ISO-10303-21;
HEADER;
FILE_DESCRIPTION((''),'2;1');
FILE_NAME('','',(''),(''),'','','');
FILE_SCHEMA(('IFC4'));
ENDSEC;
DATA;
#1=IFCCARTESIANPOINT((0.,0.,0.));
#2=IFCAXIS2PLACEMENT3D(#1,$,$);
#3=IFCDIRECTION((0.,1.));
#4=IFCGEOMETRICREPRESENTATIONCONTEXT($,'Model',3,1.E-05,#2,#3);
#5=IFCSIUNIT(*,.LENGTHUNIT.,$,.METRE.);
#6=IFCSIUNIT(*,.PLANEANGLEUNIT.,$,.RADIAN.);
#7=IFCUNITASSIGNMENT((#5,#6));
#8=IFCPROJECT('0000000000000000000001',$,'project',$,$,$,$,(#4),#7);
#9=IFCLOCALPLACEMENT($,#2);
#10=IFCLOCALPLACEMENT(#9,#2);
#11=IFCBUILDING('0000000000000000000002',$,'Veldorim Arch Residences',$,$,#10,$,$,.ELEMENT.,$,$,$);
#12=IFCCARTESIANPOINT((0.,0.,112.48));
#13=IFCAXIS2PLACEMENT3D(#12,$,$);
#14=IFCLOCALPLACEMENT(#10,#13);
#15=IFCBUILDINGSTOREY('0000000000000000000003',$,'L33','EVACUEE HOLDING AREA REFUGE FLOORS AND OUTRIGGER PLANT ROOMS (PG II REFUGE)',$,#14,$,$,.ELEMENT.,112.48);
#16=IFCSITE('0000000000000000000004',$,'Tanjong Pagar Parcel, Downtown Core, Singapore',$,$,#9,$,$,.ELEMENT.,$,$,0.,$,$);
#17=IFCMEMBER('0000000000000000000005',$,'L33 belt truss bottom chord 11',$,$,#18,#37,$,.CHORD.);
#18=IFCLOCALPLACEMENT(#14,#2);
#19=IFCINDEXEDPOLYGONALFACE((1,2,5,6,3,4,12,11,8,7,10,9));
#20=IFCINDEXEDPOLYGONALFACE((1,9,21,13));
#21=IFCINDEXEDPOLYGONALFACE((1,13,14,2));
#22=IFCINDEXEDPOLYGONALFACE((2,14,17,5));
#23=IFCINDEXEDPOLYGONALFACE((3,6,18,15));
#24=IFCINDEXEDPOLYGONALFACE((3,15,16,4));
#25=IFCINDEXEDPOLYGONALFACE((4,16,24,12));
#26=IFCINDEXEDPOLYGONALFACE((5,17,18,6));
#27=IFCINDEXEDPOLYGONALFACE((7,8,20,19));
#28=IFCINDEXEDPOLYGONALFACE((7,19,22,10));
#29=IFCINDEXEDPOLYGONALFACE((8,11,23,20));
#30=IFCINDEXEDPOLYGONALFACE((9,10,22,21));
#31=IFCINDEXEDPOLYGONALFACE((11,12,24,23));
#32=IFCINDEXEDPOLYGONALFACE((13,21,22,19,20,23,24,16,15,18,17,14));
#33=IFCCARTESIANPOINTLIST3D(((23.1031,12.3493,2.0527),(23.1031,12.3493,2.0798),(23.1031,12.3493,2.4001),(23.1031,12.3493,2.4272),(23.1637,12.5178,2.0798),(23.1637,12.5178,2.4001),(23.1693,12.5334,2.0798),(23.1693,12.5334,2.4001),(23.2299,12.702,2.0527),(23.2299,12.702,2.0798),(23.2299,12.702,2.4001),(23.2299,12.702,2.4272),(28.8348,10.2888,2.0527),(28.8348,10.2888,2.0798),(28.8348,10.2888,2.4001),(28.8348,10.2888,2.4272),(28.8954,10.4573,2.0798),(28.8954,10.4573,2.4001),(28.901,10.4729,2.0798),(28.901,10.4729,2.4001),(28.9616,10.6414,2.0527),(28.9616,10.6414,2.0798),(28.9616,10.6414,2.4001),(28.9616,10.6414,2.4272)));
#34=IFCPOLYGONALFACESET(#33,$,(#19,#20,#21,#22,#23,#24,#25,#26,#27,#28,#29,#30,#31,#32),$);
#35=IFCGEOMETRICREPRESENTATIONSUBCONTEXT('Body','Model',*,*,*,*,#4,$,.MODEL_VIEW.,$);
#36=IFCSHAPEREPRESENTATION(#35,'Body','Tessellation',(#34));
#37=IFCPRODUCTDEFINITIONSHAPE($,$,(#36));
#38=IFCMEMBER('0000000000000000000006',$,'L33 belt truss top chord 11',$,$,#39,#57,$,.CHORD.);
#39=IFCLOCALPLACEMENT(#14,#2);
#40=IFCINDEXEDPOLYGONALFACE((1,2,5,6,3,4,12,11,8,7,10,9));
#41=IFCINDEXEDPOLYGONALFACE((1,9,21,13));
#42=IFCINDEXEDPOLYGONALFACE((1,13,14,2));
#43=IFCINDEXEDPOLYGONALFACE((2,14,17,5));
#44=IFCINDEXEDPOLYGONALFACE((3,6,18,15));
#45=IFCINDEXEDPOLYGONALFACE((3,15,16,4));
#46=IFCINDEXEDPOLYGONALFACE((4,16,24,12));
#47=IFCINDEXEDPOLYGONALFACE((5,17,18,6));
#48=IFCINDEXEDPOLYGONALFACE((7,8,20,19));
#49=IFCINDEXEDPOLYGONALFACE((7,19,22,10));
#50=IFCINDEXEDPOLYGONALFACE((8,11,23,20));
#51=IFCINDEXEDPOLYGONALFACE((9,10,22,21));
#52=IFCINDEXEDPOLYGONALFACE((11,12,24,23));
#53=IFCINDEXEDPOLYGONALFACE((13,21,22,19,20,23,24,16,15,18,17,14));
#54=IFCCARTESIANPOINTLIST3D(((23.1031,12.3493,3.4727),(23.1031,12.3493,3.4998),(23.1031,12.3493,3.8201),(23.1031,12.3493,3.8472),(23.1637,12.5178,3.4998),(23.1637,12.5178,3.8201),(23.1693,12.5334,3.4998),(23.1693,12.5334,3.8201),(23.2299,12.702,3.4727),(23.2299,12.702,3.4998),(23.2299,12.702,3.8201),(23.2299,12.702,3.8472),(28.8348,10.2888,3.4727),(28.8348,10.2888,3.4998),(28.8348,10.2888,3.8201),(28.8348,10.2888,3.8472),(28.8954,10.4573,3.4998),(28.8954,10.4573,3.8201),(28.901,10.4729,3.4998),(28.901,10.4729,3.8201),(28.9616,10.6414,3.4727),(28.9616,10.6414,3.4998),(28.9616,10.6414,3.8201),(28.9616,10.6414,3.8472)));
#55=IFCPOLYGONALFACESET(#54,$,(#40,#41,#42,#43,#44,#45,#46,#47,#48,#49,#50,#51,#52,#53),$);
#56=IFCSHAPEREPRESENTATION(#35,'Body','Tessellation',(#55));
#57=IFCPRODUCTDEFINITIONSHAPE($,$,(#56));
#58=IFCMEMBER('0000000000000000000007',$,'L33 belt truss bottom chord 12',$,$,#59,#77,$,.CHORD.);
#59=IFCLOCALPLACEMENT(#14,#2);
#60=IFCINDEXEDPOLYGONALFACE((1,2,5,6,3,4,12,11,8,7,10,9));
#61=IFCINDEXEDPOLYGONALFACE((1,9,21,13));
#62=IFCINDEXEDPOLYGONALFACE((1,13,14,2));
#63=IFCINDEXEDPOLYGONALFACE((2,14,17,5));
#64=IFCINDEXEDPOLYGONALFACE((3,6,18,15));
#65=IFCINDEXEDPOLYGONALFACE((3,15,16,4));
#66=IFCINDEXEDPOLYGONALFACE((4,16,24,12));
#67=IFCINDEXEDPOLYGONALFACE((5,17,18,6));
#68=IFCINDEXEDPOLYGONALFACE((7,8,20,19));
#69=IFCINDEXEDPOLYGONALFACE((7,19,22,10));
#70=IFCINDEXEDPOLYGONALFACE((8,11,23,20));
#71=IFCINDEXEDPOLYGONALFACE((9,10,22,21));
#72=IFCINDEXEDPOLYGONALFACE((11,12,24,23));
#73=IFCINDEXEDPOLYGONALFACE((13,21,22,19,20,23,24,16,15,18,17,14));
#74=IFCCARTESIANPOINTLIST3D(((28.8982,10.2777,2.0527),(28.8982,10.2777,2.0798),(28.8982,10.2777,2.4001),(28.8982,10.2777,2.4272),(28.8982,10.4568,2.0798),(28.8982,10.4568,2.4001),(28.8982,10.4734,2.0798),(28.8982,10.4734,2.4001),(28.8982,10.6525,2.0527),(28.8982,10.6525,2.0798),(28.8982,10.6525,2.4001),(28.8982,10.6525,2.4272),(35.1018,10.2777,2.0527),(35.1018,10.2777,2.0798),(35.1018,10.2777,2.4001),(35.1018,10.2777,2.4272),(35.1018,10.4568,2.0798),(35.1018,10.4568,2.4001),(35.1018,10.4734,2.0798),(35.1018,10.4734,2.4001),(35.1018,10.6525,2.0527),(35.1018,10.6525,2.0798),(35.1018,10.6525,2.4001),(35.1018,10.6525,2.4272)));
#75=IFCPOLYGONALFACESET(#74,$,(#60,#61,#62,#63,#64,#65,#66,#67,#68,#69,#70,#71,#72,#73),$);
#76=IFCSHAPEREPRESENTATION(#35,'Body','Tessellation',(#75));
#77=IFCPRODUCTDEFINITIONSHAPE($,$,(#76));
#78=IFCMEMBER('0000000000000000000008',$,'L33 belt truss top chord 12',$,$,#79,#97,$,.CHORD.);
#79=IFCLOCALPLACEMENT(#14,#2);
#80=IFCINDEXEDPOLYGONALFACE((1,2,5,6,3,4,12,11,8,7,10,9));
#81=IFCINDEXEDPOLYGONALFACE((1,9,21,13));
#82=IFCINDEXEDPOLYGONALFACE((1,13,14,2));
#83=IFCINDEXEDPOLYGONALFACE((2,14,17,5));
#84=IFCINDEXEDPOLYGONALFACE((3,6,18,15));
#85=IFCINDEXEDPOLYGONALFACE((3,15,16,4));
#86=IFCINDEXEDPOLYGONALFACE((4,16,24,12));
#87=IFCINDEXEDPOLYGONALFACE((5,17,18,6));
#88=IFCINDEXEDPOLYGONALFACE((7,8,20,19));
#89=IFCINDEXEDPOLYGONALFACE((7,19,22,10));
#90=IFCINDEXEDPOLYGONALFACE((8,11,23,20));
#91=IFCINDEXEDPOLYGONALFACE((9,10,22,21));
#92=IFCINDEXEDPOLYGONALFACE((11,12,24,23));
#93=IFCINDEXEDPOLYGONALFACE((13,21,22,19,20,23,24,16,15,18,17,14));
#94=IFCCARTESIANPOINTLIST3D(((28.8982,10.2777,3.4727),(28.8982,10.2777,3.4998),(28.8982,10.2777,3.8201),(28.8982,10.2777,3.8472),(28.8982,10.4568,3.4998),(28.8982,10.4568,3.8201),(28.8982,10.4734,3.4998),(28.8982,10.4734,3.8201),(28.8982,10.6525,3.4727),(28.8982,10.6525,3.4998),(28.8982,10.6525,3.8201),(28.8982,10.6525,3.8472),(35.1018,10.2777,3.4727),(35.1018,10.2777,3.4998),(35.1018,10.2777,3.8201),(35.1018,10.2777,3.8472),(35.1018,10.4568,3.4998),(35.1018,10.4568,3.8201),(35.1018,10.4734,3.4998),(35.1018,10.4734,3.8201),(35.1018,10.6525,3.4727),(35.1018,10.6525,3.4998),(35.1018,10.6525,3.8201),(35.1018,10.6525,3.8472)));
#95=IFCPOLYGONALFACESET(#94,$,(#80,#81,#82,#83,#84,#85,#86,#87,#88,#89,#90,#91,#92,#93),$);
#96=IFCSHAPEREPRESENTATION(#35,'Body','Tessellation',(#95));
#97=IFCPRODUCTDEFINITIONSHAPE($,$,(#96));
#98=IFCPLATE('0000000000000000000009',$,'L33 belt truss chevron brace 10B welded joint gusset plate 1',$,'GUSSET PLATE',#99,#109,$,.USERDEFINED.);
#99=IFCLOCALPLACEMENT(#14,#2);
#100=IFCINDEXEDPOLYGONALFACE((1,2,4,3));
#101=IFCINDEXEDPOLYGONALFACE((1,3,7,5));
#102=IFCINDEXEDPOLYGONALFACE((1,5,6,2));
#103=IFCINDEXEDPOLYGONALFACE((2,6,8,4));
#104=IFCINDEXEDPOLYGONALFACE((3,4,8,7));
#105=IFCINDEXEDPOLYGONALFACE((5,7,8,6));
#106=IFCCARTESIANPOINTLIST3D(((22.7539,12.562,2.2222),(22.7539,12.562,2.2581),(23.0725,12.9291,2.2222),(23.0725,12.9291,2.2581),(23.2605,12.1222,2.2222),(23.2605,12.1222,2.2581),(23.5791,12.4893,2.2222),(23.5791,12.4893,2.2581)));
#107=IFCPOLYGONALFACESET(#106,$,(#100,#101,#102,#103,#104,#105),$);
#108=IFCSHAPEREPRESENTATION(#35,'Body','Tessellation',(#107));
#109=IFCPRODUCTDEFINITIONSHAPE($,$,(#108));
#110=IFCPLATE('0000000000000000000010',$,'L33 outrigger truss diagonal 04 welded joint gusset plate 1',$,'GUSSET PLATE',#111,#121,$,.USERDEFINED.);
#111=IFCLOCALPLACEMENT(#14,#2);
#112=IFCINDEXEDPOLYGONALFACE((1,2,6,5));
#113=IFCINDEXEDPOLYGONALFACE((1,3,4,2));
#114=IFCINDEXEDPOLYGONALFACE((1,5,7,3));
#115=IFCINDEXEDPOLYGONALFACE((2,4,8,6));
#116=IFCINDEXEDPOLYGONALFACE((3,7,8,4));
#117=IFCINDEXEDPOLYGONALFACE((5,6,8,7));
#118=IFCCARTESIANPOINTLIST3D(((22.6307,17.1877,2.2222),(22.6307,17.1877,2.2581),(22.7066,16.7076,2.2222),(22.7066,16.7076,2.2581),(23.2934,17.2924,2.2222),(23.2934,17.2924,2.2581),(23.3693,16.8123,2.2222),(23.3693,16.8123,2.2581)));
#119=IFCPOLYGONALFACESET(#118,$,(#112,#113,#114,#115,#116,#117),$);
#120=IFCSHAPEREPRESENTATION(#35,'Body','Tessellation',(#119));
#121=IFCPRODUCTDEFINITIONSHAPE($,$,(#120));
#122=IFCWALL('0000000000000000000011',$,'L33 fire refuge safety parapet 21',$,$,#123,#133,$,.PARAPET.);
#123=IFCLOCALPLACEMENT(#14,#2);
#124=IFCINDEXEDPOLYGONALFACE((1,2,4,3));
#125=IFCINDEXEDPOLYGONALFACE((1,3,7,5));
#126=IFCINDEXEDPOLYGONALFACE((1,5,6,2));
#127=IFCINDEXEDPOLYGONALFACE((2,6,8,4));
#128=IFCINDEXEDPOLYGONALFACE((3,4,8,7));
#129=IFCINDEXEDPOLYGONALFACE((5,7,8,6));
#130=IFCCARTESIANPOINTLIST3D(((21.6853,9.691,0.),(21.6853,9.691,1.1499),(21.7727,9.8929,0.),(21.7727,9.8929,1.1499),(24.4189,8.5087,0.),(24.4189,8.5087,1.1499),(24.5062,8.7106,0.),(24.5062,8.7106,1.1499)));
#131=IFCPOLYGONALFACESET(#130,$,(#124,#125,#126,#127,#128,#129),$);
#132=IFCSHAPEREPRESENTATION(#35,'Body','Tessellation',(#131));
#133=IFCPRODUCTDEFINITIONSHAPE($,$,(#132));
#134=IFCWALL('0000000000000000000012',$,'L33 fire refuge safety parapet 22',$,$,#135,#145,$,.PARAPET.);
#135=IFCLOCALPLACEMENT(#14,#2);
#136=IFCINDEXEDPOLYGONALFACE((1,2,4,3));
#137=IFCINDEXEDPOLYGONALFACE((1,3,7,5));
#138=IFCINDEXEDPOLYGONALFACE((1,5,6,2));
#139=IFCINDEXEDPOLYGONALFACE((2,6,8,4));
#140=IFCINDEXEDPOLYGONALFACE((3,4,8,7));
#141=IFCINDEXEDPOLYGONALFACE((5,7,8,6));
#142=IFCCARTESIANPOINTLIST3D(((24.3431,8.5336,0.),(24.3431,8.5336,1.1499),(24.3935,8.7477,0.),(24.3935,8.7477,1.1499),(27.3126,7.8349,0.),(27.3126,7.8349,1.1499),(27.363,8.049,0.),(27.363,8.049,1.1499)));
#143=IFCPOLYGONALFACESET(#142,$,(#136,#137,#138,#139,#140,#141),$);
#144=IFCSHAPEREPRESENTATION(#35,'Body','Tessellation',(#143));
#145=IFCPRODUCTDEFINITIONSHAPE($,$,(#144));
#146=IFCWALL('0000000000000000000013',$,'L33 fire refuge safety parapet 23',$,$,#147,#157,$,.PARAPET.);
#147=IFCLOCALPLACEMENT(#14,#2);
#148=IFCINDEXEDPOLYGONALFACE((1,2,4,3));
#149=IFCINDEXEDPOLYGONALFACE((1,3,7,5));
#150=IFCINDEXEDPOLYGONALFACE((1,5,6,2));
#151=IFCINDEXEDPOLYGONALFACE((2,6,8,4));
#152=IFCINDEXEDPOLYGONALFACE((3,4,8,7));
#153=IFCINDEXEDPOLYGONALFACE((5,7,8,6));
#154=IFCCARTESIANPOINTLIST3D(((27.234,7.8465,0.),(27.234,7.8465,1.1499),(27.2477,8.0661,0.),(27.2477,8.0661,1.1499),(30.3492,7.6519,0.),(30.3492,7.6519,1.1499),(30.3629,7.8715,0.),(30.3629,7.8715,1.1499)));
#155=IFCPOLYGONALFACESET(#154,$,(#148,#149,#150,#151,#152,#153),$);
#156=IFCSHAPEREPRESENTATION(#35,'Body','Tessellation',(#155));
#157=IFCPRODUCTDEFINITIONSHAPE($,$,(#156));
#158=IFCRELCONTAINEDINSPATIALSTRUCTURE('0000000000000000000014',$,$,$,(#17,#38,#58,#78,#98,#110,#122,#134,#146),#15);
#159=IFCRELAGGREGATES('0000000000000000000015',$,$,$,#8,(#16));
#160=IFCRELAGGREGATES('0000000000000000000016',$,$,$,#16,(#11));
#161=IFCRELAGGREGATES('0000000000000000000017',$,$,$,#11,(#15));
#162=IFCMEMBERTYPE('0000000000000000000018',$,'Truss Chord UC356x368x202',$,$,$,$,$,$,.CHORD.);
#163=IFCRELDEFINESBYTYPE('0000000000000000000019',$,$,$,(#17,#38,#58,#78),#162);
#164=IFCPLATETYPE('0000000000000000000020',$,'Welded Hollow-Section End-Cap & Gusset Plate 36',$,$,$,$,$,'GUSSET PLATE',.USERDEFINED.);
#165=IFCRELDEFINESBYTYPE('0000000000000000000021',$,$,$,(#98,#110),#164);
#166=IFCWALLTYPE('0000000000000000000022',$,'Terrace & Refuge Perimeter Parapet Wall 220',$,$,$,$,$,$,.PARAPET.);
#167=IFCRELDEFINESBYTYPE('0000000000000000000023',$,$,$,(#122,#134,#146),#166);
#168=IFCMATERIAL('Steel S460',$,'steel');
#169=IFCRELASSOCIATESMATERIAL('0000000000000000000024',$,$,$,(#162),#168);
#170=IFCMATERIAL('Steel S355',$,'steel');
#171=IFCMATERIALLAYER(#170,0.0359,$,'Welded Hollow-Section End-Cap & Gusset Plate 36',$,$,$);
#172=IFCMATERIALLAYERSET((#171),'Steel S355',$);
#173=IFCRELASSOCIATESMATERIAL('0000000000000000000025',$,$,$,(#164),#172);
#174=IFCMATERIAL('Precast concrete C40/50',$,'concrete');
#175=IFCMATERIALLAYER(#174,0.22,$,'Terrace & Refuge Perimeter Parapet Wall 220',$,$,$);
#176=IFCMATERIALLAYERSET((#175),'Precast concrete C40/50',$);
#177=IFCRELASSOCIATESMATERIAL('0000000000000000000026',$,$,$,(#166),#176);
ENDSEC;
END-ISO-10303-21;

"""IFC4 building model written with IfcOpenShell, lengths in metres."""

from ifc_helpers import new_model, si_unit, direction, frame, frame_2d, origin, origin_2d, place, context, subcontext, project, spatial, rectangle, i_section, extrude, material, layer, layer_set, material_profile, profile_set, type_object, element, save


model = new_model("IFC4")

# Units and contexts
model_context = context("Model", 3, precision=1e-05, world=origin(), true_north=direction((0.0, 1.0)))
body_context = subcontext(model_context, "Body", "Model", "MODEL_VIEW")
ifc_project = project(units=[si_unit("LENGTHUNIT", "METRE"), si_unit("PLANEANGLEUNIT", "RADIAN")], contexts=[model_context])

# Site, building, storey
site_placement = place(None, origin())
site = spatial("IfcSite", under=ifc_project, at=site_placement, Name="Tanjong Pagar Parcel, Downtown Core, Singapore", CompositionType="ELEMENT", RefElevation=0.0)
building_placement = place(site_placement, origin())
building = spatial("IfcBuilding", under=site, at=building_placement, Name="Veldorim Arch Residences", CompositionType="ELEMENT")
storey_placement = place(building_placement, frame((0.0, 0.0, 112.48)))
storey = spatial("IfcBuildingStorey", under=building, at=storey_placement, Name="L33", Description="EVACUEE HOLDING AREA REFUGE FLOORS AND OUTRIGGER PLANT ROOMS (PG II REFUGE)", CompositionType="ELEMENT", Elevation=112.48)

# Members
ifc_material_1 = material(Name="Steel S460", Category="steel")
ifc_material_profile_1 = material_profile(ifc_material_1, i_section(OverallWidth=0.3748, OverallDepth=0.3745, WebThickness=0.0166, FlangeThickness=0.0271, at=origin_2d()), Name="UC356x368x202")
ifc_profile_set_1 = profile_set([ifc_material_profile_1], Name="Steel S460")
member_type_1 = type_object("IfcMemberType", Name="Truss Chord UC356x368x202", PredefinedType="CHORD", material=ifc_profile_set_1)
for number, where, z_axis, x_axis, name in (
    (1, (23.1665, 12.5256, 2.24), (0.941037, -0.338304, 0.0), (0.338304, 0.941037, 0.0), "L33 belt truss bottom chord 11"),
    (2, (23.1665, 12.5256, 3.6599), (0.941037, -0.338304, 0.0), (0.338304, 0.941037, 0.0), "L33 belt truss top chord 11"),
):
    element("IfcMember", number, at=place(storey_placement, frame(where, z_axis=z_axis, x_axis=x_axis)), inside=storey, type_object=member_type_1, Name=name, PredefinedType="CHORD", context=body_context, shape_type="SweptSolid", body=[
        extrude(i_section(OverallWidth=0.3748, OverallDepth=0.3745, WebThickness=0.0166, FlangeThickness=0.0271, at=origin_2d()), origin(), (0.0, 0.0, 1.0), 6.0908),
    ])
for number, where, z_axis, x_axis, name in (
    (3, (28.8982, 10.4651, 2.24), (1.0, 0.0, 0.0), (0.0, 1.0, 0.0), "L33 belt truss bottom chord 12"),
    (4, (28.8982, 10.4651, 3.6599), (1.0, 0.0, 0.0), (0.0, 1.0, 0.0), "L33 belt truss top chord 12"),
):
    element("IfcMember", number, at=place(storey_placement, frame(where, z_axis=z_axis, x_axis=x_axis)), inside=storey, type_object=member_type_1, Name=name, PredefinedType="CHORD", context=body_context, shape_type="SweptSolid", body=[
        extrude(i_section(OverallWidth=0.3748, OverallDepth=0.3745, WebThickness=0.0166, FlangeThickness=0.0271, at=origin_2d()), origin(), (0.0, 0.0, 1.0), 6.2036),
    ])

# Plates
ifc_material_2 = material(Name="Steel S355", Category="steel")
ifc_layer_1 = layer(ifc_material_2, 0.0359, Name="Welded Hollow-Section End-Cap & Gusset Plate 36")
ifc_layer_set_1 = layer_set([ifc_layer_1], Name="Steel S355")
plate_type = type_object("IfcPlateType", Name="Welded Hollow-Section End-Cap & Gusset Plate 36", ElementType="GUSSET PLATE", PredefinedType="USERDEFINED", material=ifc_layer_set_1)
for number, where, z_axis, x_axis, name in (
    (5, (23.1665, 12.5256, 2.2222), (0.0, 0.0, 1.0), (-0.755225, 0.655466, 0.0), "L33 belt truss chevron brace 10B welded joint gusset plate 1"),
    (6, (23.0, 17.0, 2.2222), (0.0, 0.0, 1.0), (-0.987743, -0.15609, 0.0), "L33 outrigger truss diagonal 04 welded joint gusset plate 1"),
):
    element("IfcPlate", number, at=place(storey_placement, frame(where, z_axis=z_axis, x_axis=x_axis)), inside=storey, type_object=plate_type, Name=name, ObjectType="GUSSET PLATE", PredefinedType="USERDEFINED", context=body_context, shape_type="SweptSolid", body=[
        extrude(rectangle(XDim=0.6709, YDim=0.4861, at=origin_2d()), origin(), (0.0, 0.0, 1.0), 0.0359),
    ])

# Walls
ifc_material_3 = material(Name="Precast concrete C40/50", Category="concrete")
ifc_layer_2 = layer(ifc_material_3, 0.22, Name="Terrace & Refuge Perimeter Parapet Wall 220")
ifc_layer_set_2 = layer_set([ifc_layer_2], Name="Precast concrete C40/50")
wall_type = type_object("IfcWallType", Name="Terrace & Refuge Perimeter Parapet Wall 220", PredefinedType="PARAPET", material=ifc_layer_set_2)
wall_1_placement = place(storey_placement, frame((24.4626, 8.6096, 0.0), z_axis=(0.0, 0.0, 1.0), x_axis=(-0.917826, 0.396984, 0.0)))
element("IfcWall", 7, at=wall_1_placement, inside=storey, type_object=wall_type, Name="L33 fire refuge safety parapet 21", PredefinedType="PARAPET", context=body_context, shape_type="SweptSolid", body=[
    extrude(rectangle(XDim=2.9783, YDim=0.22, at=frame_2d((1.4893, 0.0))), origin(), (0.0, 0.0, 1.0), 1.1499),
])
wall_2_placement = place(storey_placement, frame((27.3379, 7.9419, 0.0), z_axis=(0.0, 0.0, 1.0), x_axis=(-0.973415, 0.229048, 0.0)))
element("IfcWall", 8, at=wall_2_placement, inside=storey, type_object=wall_type, Name="L33 fire refuge safety parapet 22", PredefinedType="PARAPET", context=body_context, shape_type="SweptSolid", body=[
    extrude(rectangle(XDim=3.0505, YDim=0.22, at=frame_2d((1.5254, 0.0))), origin(), (0.0, 0.0, 1.0), 1.1499),
])
wall_3_placement = place(storey_placement, frame((30.356, 7.7617, 0.0), z_axis=(0.0, 0.0, 1.0), x_axis=(-0.998055, 0.062339, 0.0)))
element("IfcWall", 9, at=wall_3_placement, inside=storey, type_object=wall_type, Name="L33 fire refuge safety parapet 23", PredefinedType="PARAPET", context=body_context, shape_type="SweptSolid", body=[
    extrude(rectangle(XDim=3.1213, YDim=0.22, at=frame_2d((1.5605, 0.0))), origin(), (0.0, 0.0, 1.0), 1.1499),
])

save(model, "model.ifc")
